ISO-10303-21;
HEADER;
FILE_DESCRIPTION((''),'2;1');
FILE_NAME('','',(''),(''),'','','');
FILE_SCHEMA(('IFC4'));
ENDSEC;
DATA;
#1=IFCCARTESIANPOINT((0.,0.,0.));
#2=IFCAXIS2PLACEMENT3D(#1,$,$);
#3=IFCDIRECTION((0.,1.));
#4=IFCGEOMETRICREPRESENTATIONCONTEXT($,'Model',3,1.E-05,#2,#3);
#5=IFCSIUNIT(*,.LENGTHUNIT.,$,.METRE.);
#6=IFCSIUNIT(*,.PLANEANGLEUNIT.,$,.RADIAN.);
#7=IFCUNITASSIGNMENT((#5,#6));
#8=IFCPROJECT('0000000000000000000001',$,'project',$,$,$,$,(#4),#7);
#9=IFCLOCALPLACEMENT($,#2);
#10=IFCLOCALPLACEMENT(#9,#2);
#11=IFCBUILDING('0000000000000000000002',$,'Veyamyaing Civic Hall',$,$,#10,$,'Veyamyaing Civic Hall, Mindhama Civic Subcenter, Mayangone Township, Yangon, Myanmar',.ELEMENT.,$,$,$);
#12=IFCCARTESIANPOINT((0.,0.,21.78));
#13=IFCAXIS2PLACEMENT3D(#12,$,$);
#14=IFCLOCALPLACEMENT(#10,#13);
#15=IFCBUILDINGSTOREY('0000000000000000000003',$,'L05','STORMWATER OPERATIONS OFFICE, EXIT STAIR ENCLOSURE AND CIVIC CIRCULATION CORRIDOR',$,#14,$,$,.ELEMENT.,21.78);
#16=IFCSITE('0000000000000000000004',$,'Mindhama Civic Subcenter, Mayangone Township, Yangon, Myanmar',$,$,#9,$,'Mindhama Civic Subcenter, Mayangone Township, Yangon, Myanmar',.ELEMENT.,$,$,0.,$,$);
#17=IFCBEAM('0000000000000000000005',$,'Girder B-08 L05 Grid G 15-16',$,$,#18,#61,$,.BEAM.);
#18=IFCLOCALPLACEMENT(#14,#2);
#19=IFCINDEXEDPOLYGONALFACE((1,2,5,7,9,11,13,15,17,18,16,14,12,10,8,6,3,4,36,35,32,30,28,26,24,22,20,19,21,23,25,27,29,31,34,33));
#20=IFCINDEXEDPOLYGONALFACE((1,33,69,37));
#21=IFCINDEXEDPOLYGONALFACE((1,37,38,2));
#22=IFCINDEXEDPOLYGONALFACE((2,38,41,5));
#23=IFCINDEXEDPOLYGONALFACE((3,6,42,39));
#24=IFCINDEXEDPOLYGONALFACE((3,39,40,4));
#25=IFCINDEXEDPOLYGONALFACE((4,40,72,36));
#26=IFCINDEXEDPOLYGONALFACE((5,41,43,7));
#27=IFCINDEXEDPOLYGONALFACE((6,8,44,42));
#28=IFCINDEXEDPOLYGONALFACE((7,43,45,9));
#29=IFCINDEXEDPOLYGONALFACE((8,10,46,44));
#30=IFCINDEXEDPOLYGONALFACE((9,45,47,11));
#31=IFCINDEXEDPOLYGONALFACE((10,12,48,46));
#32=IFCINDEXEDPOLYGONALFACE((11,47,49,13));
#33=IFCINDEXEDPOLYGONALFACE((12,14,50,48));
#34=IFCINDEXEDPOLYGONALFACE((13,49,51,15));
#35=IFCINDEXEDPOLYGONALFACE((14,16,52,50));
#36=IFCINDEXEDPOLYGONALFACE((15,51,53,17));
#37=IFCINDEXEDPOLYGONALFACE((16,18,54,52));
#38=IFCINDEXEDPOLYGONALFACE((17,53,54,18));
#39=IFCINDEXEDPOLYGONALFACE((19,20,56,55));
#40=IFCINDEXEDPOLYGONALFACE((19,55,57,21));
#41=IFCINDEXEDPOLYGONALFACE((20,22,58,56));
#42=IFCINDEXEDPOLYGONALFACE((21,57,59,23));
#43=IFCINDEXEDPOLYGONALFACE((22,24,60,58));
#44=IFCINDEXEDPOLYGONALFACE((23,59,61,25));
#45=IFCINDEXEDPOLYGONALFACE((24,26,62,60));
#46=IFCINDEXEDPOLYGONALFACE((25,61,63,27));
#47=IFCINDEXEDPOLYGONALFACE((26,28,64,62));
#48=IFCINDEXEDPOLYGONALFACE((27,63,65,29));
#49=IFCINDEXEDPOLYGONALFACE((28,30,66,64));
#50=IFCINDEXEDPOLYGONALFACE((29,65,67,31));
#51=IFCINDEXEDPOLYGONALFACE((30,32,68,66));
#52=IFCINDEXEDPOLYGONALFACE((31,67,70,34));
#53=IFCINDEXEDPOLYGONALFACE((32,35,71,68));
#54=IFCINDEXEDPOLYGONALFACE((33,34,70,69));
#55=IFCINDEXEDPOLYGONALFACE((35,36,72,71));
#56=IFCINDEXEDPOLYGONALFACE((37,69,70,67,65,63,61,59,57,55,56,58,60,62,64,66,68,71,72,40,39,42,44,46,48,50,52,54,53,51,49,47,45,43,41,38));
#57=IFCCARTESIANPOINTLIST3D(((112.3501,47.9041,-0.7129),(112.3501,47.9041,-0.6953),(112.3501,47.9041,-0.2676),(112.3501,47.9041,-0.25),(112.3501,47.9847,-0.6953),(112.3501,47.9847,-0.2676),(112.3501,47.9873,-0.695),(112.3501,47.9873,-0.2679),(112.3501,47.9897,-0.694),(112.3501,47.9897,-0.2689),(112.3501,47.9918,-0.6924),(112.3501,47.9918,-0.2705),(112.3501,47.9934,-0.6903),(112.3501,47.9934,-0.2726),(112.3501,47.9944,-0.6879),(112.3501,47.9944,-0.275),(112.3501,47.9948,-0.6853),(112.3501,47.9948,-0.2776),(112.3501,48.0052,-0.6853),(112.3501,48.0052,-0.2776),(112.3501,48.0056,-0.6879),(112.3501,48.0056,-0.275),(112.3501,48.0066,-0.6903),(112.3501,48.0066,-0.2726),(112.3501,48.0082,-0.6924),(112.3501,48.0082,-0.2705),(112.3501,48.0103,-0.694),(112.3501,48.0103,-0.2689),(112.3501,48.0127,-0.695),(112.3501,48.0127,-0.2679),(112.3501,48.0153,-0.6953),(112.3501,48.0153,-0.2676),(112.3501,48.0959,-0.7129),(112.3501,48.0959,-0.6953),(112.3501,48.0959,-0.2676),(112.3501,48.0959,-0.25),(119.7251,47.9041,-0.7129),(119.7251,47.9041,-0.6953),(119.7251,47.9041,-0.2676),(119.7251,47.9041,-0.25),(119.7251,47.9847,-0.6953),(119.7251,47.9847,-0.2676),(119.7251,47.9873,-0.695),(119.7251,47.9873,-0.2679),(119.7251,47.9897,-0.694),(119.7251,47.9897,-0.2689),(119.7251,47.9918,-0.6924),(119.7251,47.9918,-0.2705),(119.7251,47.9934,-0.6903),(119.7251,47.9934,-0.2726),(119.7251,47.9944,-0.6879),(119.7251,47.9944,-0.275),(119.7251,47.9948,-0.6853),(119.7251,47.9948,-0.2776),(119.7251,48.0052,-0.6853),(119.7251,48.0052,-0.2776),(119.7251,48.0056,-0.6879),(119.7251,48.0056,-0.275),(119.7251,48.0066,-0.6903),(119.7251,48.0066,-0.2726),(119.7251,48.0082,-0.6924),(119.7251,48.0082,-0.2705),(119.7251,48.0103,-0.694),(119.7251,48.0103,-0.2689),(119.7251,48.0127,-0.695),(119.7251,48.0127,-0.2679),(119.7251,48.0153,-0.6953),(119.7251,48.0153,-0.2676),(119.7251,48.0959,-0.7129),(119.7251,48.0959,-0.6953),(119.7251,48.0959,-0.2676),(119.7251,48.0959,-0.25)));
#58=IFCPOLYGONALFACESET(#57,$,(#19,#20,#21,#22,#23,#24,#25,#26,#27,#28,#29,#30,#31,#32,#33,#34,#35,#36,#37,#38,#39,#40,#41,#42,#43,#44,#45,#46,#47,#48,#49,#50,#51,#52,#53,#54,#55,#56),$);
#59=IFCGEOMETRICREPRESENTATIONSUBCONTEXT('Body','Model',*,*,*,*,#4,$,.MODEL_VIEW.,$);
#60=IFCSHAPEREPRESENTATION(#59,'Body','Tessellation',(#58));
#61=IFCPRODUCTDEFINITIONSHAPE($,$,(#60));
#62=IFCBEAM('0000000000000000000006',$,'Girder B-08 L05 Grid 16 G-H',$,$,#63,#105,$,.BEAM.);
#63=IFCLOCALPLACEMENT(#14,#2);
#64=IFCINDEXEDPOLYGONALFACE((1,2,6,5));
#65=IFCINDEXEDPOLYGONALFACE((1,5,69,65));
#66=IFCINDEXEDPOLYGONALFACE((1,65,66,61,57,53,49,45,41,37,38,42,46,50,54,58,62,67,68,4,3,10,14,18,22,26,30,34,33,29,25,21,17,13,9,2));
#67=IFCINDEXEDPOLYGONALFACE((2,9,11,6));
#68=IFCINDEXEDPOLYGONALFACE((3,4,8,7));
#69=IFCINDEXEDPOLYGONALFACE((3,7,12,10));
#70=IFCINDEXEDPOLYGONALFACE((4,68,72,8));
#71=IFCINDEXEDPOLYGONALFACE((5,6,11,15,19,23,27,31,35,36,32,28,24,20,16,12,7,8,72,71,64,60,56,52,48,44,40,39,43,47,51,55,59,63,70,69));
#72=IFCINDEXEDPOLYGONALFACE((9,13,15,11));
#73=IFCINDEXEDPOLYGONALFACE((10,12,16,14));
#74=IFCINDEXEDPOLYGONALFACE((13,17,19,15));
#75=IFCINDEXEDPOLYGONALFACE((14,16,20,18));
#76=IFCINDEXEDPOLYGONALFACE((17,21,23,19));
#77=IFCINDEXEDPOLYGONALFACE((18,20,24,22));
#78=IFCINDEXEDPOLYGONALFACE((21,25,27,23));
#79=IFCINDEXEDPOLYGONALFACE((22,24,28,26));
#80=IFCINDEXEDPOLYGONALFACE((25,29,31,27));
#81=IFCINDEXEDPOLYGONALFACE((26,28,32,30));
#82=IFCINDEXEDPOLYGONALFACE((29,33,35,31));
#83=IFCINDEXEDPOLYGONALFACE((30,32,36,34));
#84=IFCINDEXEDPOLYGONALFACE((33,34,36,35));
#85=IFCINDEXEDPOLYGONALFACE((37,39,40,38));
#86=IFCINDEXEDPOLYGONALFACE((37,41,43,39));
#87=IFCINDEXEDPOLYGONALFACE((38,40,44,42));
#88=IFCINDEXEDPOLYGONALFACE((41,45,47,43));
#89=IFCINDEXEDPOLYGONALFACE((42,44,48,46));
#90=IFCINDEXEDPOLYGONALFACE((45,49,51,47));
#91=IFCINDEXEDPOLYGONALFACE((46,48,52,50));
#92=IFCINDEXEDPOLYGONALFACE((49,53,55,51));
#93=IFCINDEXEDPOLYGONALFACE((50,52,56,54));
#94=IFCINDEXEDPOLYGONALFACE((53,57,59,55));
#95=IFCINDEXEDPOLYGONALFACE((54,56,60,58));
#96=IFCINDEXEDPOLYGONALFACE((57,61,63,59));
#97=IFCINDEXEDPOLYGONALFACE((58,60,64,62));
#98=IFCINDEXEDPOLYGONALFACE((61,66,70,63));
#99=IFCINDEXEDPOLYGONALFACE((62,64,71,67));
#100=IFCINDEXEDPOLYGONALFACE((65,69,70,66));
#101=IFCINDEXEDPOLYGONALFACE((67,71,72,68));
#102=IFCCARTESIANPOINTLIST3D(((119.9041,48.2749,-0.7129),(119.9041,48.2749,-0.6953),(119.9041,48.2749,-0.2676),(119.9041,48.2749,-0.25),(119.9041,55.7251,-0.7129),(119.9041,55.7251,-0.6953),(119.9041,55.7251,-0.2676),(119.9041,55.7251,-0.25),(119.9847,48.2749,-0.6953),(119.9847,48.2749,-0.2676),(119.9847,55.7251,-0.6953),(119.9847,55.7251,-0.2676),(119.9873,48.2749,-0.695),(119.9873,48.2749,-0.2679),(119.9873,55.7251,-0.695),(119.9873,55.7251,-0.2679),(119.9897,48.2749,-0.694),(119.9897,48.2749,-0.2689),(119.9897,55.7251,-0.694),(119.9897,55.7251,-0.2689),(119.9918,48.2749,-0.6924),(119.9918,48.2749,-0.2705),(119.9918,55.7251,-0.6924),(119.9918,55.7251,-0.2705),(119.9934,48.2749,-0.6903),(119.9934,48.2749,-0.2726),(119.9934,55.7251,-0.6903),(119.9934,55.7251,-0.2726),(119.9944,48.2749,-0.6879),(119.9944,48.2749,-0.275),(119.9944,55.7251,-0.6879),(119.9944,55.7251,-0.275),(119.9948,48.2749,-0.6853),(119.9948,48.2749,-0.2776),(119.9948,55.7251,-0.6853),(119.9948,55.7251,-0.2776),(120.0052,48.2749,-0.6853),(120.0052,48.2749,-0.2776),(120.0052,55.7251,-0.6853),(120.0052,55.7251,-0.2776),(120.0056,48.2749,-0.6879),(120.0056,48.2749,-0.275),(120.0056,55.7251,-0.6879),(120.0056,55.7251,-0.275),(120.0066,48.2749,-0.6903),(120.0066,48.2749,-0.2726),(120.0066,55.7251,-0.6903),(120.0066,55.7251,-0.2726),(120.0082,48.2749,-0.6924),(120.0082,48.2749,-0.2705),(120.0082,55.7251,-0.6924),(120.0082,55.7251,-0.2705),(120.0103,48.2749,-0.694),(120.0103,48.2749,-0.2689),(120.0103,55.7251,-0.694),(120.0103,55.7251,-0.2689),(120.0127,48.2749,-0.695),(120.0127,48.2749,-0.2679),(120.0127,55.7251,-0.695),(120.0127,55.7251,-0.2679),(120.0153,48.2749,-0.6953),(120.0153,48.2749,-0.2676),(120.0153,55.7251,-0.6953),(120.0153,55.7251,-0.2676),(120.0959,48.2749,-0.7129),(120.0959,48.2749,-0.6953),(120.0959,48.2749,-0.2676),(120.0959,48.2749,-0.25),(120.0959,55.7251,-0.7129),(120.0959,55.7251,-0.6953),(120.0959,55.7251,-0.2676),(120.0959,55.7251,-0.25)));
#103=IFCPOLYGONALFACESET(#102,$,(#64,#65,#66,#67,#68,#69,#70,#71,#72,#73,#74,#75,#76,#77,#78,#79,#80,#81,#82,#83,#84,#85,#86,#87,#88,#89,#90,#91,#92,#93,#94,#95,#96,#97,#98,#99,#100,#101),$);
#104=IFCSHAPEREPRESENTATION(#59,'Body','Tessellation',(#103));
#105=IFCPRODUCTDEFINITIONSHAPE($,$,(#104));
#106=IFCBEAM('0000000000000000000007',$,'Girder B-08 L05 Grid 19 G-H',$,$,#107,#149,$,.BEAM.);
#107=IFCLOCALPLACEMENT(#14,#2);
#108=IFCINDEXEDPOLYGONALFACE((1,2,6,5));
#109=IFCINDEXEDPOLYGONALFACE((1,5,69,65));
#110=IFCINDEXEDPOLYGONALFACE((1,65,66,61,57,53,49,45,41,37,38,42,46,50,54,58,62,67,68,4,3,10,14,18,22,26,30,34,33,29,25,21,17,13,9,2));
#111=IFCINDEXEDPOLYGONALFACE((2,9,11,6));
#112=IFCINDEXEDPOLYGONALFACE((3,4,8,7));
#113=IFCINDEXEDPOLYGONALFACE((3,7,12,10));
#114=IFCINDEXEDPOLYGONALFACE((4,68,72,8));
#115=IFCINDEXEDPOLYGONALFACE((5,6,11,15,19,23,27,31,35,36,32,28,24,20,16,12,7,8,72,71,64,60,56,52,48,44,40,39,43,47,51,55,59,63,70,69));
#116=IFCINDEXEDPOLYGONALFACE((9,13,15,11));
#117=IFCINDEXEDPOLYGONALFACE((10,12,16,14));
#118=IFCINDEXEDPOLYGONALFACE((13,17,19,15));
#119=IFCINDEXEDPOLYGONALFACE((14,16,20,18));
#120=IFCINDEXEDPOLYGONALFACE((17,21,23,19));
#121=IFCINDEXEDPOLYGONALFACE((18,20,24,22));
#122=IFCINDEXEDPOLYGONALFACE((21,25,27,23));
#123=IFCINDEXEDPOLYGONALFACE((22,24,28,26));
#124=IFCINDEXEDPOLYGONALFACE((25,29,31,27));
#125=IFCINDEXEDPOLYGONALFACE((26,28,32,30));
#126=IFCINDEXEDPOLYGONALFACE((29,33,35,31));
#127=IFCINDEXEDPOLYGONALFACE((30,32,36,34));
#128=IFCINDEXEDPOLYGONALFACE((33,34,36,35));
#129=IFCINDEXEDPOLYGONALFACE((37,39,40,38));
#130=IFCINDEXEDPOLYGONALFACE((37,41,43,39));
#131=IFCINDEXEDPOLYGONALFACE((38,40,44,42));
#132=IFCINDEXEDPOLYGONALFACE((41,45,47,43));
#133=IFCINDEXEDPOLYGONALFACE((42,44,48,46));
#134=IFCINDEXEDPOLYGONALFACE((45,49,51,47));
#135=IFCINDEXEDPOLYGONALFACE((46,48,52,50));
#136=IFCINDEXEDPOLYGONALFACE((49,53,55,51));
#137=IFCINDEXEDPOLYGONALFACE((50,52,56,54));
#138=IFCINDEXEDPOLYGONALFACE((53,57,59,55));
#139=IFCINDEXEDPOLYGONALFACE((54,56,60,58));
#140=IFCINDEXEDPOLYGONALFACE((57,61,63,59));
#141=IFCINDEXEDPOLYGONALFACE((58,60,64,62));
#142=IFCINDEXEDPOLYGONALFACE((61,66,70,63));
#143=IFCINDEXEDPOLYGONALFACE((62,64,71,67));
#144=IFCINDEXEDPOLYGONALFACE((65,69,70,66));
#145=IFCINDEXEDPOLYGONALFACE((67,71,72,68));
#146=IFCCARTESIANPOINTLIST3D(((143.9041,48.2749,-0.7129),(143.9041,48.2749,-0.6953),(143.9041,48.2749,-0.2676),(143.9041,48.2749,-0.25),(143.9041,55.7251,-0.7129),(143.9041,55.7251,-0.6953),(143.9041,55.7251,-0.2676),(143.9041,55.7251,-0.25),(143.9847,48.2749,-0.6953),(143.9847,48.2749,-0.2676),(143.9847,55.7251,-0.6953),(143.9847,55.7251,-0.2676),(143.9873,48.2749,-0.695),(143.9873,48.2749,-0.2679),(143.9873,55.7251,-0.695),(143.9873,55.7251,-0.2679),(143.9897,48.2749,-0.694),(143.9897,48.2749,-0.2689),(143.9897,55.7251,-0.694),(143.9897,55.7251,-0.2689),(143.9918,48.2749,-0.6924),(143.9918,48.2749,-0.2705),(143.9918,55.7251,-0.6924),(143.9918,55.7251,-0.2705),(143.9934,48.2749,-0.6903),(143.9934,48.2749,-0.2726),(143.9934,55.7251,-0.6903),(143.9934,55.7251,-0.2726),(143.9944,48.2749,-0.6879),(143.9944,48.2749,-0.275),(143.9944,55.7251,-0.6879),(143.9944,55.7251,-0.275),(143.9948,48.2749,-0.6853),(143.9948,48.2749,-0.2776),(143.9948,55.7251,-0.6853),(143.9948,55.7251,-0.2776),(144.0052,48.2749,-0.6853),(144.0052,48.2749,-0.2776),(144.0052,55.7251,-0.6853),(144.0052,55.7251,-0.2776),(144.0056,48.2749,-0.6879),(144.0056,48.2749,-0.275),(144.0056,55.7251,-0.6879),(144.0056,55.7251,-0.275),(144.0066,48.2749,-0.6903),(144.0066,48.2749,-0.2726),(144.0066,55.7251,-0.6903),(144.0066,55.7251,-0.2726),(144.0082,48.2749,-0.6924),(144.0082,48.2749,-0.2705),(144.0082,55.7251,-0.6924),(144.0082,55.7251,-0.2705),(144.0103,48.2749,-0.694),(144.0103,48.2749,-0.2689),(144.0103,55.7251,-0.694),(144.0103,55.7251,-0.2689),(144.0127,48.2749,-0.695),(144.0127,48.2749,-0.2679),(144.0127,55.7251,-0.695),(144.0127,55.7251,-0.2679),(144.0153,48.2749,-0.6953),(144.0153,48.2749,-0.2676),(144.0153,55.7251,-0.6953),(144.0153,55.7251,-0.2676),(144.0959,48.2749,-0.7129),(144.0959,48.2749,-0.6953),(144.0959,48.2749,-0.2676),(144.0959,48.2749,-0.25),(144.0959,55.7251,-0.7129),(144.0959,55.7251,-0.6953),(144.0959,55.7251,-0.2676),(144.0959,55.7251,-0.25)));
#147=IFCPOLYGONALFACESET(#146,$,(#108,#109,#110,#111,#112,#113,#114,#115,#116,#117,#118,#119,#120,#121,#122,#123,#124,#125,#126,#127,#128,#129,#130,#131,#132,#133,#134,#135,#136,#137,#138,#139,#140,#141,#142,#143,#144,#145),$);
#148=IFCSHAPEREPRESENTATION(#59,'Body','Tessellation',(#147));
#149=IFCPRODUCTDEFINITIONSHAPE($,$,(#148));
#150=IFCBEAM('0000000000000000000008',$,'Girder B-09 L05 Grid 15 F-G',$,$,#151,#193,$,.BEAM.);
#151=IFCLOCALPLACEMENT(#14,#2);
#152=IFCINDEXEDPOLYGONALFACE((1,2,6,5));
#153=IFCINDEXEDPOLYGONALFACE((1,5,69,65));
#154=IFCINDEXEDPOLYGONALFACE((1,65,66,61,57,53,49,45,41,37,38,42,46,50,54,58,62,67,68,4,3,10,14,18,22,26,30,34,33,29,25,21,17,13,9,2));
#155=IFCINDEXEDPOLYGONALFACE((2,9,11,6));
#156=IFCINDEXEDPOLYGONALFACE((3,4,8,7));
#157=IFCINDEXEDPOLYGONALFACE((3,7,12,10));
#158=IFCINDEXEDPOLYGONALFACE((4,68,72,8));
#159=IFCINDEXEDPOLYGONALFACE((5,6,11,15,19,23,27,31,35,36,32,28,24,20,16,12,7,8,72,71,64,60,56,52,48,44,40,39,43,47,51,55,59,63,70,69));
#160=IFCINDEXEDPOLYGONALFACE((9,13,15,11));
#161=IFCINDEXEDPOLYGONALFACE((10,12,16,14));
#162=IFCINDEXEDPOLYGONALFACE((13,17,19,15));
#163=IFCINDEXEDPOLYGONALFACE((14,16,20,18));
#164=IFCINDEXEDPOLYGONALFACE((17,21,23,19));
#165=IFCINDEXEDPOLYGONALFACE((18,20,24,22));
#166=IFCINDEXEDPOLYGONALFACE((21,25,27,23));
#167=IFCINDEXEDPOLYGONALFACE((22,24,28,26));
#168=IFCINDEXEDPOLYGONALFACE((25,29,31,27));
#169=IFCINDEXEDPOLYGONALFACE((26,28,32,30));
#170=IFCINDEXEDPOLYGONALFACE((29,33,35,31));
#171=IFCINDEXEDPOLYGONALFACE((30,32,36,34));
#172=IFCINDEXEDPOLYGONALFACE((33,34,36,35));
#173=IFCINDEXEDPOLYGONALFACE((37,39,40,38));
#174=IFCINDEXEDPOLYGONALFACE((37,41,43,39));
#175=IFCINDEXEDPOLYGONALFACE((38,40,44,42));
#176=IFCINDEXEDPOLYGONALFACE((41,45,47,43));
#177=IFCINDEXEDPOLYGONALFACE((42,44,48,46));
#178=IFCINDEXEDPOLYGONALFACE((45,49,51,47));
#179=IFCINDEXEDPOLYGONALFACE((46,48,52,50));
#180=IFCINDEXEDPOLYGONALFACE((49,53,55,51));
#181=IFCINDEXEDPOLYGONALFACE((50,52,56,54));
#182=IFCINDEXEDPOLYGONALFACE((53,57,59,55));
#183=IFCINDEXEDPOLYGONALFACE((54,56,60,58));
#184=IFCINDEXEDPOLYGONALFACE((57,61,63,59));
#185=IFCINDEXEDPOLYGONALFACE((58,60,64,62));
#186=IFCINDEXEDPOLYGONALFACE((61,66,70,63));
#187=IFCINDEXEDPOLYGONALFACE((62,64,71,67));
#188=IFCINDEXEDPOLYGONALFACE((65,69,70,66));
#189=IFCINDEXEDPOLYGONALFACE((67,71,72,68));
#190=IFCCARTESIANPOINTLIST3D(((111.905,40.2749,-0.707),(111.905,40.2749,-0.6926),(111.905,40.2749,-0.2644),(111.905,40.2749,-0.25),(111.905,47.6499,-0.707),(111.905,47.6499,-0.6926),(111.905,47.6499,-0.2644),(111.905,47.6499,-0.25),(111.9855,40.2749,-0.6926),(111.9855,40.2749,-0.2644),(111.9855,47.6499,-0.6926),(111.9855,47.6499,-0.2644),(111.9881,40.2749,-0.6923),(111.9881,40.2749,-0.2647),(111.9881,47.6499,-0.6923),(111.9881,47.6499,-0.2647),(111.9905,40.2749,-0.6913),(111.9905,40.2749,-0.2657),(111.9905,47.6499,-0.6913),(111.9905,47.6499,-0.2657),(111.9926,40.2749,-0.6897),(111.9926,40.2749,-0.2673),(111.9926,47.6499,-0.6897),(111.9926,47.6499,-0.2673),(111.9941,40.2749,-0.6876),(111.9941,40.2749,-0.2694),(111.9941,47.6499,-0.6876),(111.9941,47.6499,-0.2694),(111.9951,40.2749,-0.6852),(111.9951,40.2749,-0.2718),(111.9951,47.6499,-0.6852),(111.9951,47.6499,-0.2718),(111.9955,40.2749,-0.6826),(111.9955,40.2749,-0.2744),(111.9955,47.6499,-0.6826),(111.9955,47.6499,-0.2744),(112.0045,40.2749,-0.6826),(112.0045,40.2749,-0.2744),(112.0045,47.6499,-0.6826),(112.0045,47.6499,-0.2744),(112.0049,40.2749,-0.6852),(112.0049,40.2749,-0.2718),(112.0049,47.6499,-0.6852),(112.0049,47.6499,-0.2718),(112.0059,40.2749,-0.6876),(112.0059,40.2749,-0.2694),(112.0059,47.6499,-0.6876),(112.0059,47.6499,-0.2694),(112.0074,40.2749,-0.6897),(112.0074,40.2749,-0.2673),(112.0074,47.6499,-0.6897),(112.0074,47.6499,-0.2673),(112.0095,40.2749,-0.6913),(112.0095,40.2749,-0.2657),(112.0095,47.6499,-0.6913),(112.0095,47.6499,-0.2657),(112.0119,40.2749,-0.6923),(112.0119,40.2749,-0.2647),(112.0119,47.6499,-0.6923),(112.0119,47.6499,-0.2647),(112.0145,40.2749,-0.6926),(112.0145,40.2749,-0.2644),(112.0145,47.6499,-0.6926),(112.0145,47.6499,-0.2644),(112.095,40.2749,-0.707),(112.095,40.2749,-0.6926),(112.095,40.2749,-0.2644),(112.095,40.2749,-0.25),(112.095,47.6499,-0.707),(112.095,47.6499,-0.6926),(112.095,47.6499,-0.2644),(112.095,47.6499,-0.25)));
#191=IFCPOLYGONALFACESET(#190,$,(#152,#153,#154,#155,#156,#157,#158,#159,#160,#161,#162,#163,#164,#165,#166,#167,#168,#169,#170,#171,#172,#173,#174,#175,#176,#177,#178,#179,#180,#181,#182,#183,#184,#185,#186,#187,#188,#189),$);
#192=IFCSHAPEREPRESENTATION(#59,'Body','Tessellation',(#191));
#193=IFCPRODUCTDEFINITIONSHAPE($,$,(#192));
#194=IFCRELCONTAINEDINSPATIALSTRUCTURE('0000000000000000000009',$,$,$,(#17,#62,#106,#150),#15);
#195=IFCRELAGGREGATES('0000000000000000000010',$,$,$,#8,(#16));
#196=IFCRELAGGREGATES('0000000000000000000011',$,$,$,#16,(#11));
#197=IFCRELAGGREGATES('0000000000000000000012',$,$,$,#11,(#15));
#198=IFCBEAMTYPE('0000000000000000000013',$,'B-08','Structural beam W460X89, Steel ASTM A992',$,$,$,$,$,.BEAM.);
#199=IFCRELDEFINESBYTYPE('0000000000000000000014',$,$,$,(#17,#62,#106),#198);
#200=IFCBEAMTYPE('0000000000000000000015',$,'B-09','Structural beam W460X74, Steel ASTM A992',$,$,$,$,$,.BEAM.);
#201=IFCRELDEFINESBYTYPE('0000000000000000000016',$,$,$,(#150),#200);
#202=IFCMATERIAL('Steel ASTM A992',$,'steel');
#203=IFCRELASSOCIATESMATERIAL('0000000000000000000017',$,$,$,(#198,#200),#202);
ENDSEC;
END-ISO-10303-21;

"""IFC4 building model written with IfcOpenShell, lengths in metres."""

from ifc_helpers import new_model, si_unit, direction, frame, origin, origin_2d, place, context, subcontext, project, spatial, i_section, extrude, material, material_profile, profile_set, type_object, element, save


model = new_model("IFC4")

# Units and contexts
model_context = context("Model", 3, precision=1e-05, world=origin(), true_north=direction((0.0, 1.0)))
body_context = subcontext(model_context, "Body", "Model", "MODEL_VIEW")
ifc_project = project(units=[si_unit("LENGTHUNIT", "METRE"), si_unit("PLANEANGLEUNIT", "RADIAN")], contexts=[model_context])

# Site, building, storey
site_placement = place(None, origin())
site = spatial("IfcSite", under=ifc_project, at=site_placement, Name="Mindhama Civic Subcenter, Mayangone Township, Yangon, Myanmar", LongName="Mindhama Civic Subcenter, Mayangone Township, Yangon, Myanmar", CompositionType="ELEMENT", RefElevation=0.0)
building_placement = place(site_placement, origin())
building = spatial("IfcBuilding", under=site, at=building_placement, Name="Veyamyaing Civic Hall", LongName="Veyamyaing Civic Hall, Mindhama Civic Subcenter, Mayangone Township, Yangon, Myanmar", CompositionType="ELEMENT")
storey_placement = place(building_placement, frame((0.0, 0.0, 21.78)))
storey = spatial("IfcBuildingStorey", under=building, at=storey_placement, Name="L05", Description="STORMWATER OPERATIONS OFFICE, EXIT STAIR ENCLOSURE AND CIVIC CIRCULATION CORRIDOR", CompositionType="ELEMENT", Elevation=21.78)

# Beams
ifc_material_1 = material(Name="Steel ASTM A992", Category="steel")
ifc_material_profile_1 = material_profile(ifc_material_1, i_section(OverallWidth=0.1919, OverallDepth=0.4629, WebThickness=0.0105, FlangeThickness=0.0176, FilletRadius=0.01, at=origin_2d()), Name="W460X89")
ifc_profile_set_1 = profile_set([ifc_material_profile_1], Name="Steel ASTM A992")
beam_type_1 = type_object("IfcBeamType", Name="B-08", Description="Structural beam W460X89, Steel ASTM A992", PredefinedType="BEAM", material=ifc_profile_set_1)
beam_1_placement = place(storey_placement, frame((112.3501, 48.0, -0.4814), z_axis=(1.0, 0.0, 0.0), x_axis=(0.0, 1.0, 0.0)))
element("IfcBeam", 1, at=beam_1_placement, inside=storey, type_object=beam_type_1, Name="Girder B-08 L05 Grid G 15-16", PredefinedType="BEAM", context=body_context, shape_type="SweptSolid", body=[
    extrude(i_section(OverallWidth=0.1919, OverallDepth=0.4629, WebThickness=0.0105, FlangeThickness=0.0176, FilletRadius=0.01, at=origin_2d()), origin(), (0.0, 0.0, 1.0), 7.375),
])
for number, where, z_axis, x_axis, name in (
    (2, (120.0, 48.2749, -0.4814), (0.0, 1.0, 0.0), (-1.0, 0.0, 0.0), "Girder B-08 L05 Grid 16 G-H"),
    (3, (144.0, 48.2749, -0.4814), (0.0, 1.0, 0.0), (-1.0, 0.0, 0.0), "Girder B-08 L05 Grid 19 G-H"),
):
    element("IfcBeam", number, at=place(storey_placement, frame(where, z_axis=z_axis, x_axis=x_axis)), inside=storey, type_object=beam_type_1, Name=name, PredefinedType="BEAM", context=body_context, shape_type="SweptSolid", body=[
        extrude(i_section(OverallWidth=0.1919, OverallDepth=0.4629, WebThickness=0.0105, FlangeThickness=0.0176, FilletRadius=0.01, at=origin_2d()), origin(), (0.0, 0.0, 1.0), 7.4502),
    ])
ifc_material_profile_2 = material_profile(ifc_material_1, i_section(OverallWidth=0.1899, OverallDepth=0.457, WebThickness=0.009, FlangeThickness=0.0144, FilletRadius=0.01, at=origin_2d()), Name="W460X74")
ifc_profile_set_2 = profile_set([ifc_material_profile_2], Name="Steel ASTM A992")
beam_type_2 = type_object("IfcBeamType", Name="B-09", Description="Structural beam W460X74, Steel ASTM A992", PredefinedType="BEAM", material=ifc_profile_set_2)
beam_2_placement = place(storey_placement, frame((112.0, 40.2749, -0.4785), z_axis=(0.0, 1.0, 0.0), x_axis=(-1.0, 0.0, 0.0)))
element("IfcBeam", 4, at=beam_2_placement, inside=storey, type_object=beam_type_2, Name="Girder B-09 L05 Grid 15 F-G", PredefinedType="BEAM", context=body_context, shape_type="SweptSolid", body=[
    extrude(i_section(OverallWidth=0.1899, OverallDepth=0.457, WebThickness=0.009, FlangeThickness=0.0144, FilletRadius=0.01, at=origin_2d()), origin(), (0.0, 0.0, 1.0), 7.375),
])

save(model, "model.ifc")
